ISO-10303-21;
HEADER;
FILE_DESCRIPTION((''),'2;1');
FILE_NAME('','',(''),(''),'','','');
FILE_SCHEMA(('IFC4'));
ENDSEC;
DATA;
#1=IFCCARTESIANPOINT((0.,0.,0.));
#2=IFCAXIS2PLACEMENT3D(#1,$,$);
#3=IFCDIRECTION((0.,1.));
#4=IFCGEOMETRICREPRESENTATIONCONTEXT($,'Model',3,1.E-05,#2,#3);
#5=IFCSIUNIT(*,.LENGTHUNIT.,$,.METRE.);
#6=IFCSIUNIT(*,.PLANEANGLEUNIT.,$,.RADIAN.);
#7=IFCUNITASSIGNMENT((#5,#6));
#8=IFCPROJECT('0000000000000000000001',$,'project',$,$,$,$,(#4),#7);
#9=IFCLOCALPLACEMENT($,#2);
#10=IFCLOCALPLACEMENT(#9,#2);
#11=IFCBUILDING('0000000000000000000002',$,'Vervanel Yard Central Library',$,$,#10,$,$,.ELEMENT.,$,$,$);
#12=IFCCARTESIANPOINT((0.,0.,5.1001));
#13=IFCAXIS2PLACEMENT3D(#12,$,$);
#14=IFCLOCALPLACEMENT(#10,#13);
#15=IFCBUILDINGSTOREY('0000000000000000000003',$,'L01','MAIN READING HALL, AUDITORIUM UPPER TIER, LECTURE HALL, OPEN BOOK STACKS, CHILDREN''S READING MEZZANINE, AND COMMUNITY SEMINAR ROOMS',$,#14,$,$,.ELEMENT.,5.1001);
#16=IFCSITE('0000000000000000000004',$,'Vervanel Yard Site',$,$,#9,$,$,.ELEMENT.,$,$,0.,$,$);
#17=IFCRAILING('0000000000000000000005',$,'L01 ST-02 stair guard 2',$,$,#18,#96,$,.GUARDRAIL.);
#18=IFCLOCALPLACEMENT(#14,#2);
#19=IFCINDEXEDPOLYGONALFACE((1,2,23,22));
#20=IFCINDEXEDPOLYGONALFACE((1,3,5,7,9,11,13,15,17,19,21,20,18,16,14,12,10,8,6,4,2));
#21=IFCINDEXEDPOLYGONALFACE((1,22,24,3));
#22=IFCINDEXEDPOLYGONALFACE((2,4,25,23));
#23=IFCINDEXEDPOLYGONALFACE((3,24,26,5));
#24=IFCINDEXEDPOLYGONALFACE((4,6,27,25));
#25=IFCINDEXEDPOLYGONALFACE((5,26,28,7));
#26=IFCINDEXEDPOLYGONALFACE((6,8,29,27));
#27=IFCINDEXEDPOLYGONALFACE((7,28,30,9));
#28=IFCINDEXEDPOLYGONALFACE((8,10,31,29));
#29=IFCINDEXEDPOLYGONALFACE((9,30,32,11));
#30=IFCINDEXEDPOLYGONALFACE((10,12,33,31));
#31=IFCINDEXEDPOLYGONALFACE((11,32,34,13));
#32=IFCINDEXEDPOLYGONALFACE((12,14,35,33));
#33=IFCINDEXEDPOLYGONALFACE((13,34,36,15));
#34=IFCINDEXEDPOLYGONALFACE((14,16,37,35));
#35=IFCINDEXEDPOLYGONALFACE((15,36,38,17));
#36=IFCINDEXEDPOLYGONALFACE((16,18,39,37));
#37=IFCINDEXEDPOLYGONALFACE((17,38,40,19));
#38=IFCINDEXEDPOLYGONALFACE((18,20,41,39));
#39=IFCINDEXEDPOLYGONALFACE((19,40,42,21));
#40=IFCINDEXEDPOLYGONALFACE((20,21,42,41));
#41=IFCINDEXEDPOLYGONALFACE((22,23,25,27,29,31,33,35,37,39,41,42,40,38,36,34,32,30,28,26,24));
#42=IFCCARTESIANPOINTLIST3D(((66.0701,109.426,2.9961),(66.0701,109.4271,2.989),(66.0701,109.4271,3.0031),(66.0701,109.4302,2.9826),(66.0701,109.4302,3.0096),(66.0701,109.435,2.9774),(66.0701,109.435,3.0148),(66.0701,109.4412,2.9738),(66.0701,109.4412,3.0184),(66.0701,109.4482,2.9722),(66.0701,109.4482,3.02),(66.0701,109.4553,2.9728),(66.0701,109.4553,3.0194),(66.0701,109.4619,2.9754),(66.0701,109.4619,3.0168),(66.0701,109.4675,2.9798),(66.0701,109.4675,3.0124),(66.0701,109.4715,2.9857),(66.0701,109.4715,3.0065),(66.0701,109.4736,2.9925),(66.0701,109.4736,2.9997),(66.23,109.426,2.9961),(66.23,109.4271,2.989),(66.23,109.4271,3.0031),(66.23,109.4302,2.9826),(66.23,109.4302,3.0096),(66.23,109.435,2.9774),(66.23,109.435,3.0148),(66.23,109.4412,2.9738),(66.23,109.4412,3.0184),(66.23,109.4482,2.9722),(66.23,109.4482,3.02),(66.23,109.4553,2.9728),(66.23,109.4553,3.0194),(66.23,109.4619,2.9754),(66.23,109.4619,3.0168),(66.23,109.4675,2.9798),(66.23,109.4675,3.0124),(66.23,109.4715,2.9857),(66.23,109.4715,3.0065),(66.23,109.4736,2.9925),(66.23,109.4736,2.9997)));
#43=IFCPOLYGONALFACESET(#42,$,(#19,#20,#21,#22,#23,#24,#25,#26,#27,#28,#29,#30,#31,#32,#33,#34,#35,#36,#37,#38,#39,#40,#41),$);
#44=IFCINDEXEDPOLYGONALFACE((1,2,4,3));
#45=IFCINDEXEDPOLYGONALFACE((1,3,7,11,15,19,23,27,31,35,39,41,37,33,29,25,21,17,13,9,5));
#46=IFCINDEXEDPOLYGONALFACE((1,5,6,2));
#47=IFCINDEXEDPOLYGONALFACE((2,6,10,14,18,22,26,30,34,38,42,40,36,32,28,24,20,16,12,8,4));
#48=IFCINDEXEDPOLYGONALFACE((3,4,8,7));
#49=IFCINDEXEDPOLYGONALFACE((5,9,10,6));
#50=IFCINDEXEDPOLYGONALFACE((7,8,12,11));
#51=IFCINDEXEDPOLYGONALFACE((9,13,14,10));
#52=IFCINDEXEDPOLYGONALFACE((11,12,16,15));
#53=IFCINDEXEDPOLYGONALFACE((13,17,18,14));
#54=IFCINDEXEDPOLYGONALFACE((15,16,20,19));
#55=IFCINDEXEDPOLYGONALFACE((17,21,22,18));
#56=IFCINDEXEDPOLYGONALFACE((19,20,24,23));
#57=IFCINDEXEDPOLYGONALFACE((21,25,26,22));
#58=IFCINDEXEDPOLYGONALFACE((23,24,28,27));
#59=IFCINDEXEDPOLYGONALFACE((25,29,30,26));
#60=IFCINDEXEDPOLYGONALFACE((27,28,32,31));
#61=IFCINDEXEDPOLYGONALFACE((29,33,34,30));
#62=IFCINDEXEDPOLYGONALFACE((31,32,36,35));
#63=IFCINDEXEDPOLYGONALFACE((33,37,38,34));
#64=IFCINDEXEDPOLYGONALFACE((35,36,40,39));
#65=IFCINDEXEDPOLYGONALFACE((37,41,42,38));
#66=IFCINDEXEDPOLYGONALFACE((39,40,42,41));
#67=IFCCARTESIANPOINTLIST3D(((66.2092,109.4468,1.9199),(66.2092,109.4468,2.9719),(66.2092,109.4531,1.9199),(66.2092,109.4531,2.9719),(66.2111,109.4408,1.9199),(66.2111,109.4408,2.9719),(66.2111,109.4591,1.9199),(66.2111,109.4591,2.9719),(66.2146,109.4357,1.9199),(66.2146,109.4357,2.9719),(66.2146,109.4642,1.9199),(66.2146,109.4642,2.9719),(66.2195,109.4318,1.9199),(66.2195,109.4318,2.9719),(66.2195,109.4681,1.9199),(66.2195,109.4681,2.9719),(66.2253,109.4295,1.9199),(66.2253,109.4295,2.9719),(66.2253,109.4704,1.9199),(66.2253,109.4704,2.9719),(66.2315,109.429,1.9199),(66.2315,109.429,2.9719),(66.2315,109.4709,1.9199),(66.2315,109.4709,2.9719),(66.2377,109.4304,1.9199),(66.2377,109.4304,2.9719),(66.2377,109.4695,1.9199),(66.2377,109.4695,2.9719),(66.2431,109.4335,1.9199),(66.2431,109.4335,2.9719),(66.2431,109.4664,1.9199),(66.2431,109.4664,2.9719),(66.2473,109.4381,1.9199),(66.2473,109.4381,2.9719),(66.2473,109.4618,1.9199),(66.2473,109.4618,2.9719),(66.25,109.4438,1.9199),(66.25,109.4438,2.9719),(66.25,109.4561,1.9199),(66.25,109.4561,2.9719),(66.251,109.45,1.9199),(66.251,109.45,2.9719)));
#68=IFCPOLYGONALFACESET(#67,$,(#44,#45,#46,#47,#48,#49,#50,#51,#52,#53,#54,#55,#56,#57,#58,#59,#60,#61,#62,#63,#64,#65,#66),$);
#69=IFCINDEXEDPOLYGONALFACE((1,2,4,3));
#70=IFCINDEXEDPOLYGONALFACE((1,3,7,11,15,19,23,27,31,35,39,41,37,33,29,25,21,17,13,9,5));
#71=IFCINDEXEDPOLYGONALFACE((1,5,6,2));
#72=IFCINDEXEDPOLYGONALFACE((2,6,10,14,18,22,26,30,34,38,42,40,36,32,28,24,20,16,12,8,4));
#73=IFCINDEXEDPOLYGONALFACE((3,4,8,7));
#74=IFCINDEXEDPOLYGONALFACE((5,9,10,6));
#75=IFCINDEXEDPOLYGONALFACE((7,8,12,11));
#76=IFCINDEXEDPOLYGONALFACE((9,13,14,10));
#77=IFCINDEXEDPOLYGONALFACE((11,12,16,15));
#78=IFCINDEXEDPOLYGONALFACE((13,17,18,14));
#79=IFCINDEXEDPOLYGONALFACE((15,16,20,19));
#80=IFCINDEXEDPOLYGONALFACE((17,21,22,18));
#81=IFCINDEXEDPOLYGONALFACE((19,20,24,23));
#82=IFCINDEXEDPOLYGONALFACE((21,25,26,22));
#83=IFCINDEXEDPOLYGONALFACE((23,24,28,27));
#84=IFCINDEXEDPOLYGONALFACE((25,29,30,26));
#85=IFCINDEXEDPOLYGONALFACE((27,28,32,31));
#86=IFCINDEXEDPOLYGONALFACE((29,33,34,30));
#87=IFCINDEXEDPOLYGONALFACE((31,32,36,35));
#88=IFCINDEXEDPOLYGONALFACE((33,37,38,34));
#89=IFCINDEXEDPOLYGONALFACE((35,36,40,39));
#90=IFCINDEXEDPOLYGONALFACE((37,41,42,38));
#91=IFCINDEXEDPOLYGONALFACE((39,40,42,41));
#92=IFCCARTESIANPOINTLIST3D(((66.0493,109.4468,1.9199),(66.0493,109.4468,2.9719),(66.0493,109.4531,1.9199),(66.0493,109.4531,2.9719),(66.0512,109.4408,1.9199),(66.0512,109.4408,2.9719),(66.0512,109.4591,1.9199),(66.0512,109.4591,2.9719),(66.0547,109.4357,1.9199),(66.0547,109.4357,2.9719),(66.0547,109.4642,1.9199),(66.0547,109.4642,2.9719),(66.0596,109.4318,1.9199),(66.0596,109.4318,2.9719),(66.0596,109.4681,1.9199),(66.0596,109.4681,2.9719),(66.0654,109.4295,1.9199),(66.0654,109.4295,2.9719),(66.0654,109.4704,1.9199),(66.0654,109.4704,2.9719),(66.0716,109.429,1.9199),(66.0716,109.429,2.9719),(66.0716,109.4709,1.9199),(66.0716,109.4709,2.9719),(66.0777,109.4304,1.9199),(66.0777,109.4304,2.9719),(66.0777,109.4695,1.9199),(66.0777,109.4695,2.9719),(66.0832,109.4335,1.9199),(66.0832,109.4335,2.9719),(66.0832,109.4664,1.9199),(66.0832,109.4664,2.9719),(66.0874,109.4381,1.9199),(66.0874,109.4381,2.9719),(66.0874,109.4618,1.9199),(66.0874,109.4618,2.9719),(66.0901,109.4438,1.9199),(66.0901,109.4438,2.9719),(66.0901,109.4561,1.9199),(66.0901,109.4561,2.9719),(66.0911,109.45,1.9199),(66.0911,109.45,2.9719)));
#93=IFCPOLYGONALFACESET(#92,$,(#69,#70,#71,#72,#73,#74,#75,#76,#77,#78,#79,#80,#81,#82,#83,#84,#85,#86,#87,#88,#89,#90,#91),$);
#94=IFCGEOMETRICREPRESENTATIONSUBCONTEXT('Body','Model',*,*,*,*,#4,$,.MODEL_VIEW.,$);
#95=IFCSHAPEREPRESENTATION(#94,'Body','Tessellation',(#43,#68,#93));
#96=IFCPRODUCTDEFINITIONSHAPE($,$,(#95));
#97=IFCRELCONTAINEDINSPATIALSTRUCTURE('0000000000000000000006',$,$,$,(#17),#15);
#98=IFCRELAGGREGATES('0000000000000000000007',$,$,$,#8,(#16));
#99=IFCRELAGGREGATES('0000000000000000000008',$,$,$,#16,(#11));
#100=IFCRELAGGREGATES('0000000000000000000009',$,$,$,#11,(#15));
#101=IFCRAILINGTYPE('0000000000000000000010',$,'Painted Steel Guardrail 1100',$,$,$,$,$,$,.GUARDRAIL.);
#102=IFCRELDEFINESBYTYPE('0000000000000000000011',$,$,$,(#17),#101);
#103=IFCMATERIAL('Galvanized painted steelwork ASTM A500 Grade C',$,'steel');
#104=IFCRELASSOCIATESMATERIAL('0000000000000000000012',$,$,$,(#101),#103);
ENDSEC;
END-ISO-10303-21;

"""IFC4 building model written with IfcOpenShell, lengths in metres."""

from ifc_helpers import new_model, si_unit, direction, frame, origin, origin_2d, place, context, subcontext, project, spatial, circle, extrude, material, type_object, element, save


model = new_model("IFC4")

# Units and contexts
model_context = context("Model", 3, precision=1e-05, world=origin(), true_north=direction((0.0, 1.0)))
body_context = subcontext(model_context, "Body", "Model", "MODEL_VIEW")
ifc_project = project(units=[si_unit("LENGTHUNIT", "METRE"), si_unit("PLANEANGLEUNIT", "RADIAN")], contexts=[model_context])

# Site, building, storey
site_placement = place(None, origin())
site = spatial("IfcSite", under=ifc_project, at=site_placement, Name="Vervanel Yard Site", CompositionType="ELEMENT", RefElevation=0.0)
building_placement = place(site_placement, origin())
building = spatial("IfcBuilding", under=site, at=building_placement, Name="Vervanel Yard Central Library", CompositionType="ELEMENT")
storey_placement = place(building_placement, frame((0.0, 0.0, 5.1001)))
storey = spatial("IfcBuildingStorey", under=building, at=storey_placement, Name="L01", Description="MAIN READING HALL, AUDITORIUM UPPER TIER, LECTURE HALL, OPEN BOOK STACKS, CHILDREN'S READING MEZZANINE, AND COMMUNITY SEMINAR ROOMS", CompositionType="ELEMENT", Elevation=5.1001)

# Shared definitions
ifc_material_1 = material(Name="Galvanized painted steelwork ASTM A500 Grade C", Category="steel")

# Railing
railing_type_1 = type_object("IfcRailingType", Name="Painted Steel Guardrail 1100", PredefinedType="GUARDRAIL", material=ifc_material_1)
railing_1_placement = place(storey_placement, frame((66.23, 109.45, 1.9199)))
element("IfcRailing", 1, at=railing_1_placement, inside=storey, type_object=railing_type_1, Name="L01 ST-02 stair guard 2", PredefinedType="GUARDRAIL", context=body_context, shape_type="SweptSolid", body=[
    extrude(circle(Radius=0.0239, at=origin_2d()), frame((0.0, 0.0, 1.0762), z_axis=(-1.0, 0.0, 0.0), x_axis=(0.0, -1.0, 0.0)), (0.0, 0.0, 1.0), 0.1599),
    extrude(circle(Radius=0.021, at=origin_2d()), origin(), (0.0, 0.0, 1.0), 1.052),
    extrude(circle(Radius=0.021, at=origin_2d()), frame((-0.1599, 0.0, 0.0)), (0.0, 0.0, 1.0), 1.052),
])

save(model, "model.ifc")
